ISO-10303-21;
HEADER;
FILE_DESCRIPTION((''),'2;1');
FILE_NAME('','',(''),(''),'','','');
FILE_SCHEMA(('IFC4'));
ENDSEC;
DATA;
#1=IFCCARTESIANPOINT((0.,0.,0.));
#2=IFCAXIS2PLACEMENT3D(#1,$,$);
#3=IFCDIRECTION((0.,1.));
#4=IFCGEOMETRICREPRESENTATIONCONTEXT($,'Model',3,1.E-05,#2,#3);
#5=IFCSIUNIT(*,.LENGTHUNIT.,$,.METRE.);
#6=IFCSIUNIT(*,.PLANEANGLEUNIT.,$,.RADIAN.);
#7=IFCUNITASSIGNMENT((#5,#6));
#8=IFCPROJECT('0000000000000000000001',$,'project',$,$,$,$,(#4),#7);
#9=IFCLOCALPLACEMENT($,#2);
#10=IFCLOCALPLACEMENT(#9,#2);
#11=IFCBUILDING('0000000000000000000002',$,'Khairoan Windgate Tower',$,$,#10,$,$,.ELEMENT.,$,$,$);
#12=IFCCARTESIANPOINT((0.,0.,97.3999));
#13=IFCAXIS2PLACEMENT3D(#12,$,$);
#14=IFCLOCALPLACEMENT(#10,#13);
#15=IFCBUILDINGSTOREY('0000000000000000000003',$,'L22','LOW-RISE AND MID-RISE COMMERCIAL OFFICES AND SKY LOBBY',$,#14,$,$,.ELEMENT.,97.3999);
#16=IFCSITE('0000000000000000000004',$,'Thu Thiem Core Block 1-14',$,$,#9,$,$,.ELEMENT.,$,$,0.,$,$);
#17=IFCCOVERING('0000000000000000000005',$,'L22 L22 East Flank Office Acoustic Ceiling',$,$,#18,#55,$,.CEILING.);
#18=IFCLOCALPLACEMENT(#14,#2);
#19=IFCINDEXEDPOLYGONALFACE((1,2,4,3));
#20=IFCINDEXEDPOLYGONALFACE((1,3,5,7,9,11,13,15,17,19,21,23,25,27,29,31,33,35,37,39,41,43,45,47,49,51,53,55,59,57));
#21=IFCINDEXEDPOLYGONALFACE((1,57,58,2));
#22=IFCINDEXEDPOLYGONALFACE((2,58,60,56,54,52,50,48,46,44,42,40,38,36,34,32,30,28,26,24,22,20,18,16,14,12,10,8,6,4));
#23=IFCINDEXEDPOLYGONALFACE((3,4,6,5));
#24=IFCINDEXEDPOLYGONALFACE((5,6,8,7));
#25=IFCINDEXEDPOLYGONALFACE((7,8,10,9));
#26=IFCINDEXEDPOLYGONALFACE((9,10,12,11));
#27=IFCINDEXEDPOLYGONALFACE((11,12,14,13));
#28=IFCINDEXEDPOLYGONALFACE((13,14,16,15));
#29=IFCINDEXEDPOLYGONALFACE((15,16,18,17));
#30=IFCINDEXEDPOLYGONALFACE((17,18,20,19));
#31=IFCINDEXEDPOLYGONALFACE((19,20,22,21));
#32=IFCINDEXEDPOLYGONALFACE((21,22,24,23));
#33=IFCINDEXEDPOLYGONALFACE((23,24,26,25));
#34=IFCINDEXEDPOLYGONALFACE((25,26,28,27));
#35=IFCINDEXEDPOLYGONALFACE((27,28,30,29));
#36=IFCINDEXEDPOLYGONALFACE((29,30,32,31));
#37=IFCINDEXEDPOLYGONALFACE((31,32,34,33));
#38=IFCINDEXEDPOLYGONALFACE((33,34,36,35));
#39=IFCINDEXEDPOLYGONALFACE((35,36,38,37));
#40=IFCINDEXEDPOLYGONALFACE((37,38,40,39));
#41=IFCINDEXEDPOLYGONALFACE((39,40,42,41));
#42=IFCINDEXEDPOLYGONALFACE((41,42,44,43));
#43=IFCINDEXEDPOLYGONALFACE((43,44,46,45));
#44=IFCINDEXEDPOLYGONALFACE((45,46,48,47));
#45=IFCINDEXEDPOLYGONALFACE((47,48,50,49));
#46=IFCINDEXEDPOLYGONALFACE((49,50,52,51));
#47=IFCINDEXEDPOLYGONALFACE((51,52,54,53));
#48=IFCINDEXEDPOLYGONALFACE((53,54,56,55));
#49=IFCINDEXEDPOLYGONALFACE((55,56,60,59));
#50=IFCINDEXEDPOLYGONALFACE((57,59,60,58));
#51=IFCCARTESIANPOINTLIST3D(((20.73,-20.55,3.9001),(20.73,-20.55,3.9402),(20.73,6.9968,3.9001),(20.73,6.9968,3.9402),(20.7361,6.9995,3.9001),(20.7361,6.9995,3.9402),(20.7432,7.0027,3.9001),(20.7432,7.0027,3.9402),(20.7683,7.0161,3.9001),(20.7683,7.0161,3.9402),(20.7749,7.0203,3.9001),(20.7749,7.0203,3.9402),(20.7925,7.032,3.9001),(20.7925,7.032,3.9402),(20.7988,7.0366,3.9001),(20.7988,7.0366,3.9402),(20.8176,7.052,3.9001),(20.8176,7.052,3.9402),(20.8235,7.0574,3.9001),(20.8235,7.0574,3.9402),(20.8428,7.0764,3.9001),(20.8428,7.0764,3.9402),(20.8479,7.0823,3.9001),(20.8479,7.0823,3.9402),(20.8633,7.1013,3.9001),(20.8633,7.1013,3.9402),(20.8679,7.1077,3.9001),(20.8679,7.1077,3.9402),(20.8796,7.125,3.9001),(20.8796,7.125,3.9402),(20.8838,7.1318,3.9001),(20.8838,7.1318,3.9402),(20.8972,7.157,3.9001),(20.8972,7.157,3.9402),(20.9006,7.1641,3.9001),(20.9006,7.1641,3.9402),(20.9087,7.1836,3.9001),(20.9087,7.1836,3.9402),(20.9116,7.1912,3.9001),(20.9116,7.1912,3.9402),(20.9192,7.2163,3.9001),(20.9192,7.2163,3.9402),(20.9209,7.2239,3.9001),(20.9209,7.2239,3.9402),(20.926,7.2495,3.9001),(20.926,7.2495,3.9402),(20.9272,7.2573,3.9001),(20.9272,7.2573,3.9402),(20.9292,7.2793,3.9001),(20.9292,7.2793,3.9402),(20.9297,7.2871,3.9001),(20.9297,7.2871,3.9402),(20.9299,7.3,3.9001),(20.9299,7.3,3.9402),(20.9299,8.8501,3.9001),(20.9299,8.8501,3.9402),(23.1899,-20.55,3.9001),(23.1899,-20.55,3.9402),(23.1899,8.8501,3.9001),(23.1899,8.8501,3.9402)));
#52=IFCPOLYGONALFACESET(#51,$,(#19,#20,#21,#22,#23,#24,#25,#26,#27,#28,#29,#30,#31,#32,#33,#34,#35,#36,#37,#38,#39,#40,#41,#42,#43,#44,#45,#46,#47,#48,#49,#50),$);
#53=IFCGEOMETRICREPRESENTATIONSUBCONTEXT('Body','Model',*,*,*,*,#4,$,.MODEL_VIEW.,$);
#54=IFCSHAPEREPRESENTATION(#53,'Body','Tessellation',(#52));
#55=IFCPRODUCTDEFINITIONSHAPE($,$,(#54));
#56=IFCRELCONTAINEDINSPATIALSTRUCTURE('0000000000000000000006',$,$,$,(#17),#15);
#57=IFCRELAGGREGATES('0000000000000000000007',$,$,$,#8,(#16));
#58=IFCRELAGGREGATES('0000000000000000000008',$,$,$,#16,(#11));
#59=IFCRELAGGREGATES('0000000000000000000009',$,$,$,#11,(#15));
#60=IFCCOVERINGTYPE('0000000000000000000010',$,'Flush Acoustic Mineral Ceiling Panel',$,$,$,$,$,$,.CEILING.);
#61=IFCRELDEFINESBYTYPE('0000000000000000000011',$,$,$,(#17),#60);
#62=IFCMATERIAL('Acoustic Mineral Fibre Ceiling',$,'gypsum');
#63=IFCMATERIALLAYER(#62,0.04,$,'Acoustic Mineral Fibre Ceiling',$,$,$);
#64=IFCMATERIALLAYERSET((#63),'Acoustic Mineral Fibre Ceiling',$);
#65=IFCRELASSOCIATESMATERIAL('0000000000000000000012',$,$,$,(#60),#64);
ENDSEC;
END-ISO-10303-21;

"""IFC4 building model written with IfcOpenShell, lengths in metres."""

from ifc_helpers import new_model, si_unit, direction, frame, origin, place, context, subcontext, project, spatial, polyline, outline, extrude, material, layer, layer_set, type_object, element, save


model = new_model("IFC4")

# Units and contexts
model_context = context("Model", 3, precision=1e-05, world=origin(), true_north=direction((0.0, 1.0)))
body_context = subcontext(model_context, "Body", "Model", "MODEL_VIEW")
ifc_project = project(units=[si_unit("LENGTHUNIT", "METRE"), si_unit("PLANEANGLEUNIT", "RADIAN")], contexts=[model_context])

# Site, building, storey
site_placement = place(None, origin())
site = spatial("IfcSite", under=ifc_project, at=site_placement, Name="Thu Thiem Core Block 1-14", CompositionType="ELEMENT", RefElevation=0.0)
building_placement = place(site_placement, origin())
building = spatial("IfcBuilding", under=site, at=building_placement, Name="Khairoan Windgate Tower", CompositionType="ELEMENT")
storey_placement = place(building_placement, frame((0.0, 0.0, 97.3999)))
storey = spatial("IfcBuildingStorey", under=building, at=storey_placement, Name="L22", Description="LOW-RISE AND MID-RISE COMMERCIAL OFFICES AND SKY LOBBY", CompositionType="ELEMENT", Elevation=97.3999)

# Covering
ifc_material_1 = material(Name="Acoustic Mineral Fibre Ceiling", Category="gypsum")
ifc_layer_1 = layer(ifc_material_1, 0.04, Name="Acoustic Mineral Fibre Ceiling")
ifc_layer_set_1 = layer_set([ifc_layer_1], Name="Acoustic Mineral Fibre Ceiling")
covering_type_1 = type_object("IfcCoveringType", Name="Flush Acoustic Mineral Ceiling Panel", PredefinedType="CEILING", material=ifc_layer_set_1)
covering_1_placement = place(storey_placement, frame((0.0, 0.0, 3.9001)))
element("IfcCovering", 1, at=covering_1_placement, inside=storey, type_object=covering_type_1, Name="L22 L22 East Flank Office Acoustic Ceiling", PredefinedType="CEILING", context=body_context, shape_type="SweptSolid", body=[
    extrude(outline(polyline([(20.73, 6.9968), (20.7361, 6.9995), (20.7432, 7.0027), (20.7683, 7.0161), (20.7749, 7.0203), (20.7925, 7.032), (20.7988, 7.0366), (20.8176, 7.052), (20.8235, 7.0574), (20.8428, 7.0764), (20.8479, 7.0823), (20.8633, 7.1013), (20.8679, 7.1077), (20.8796, 7.125), (20.8838, 7.1318), (20.8972, 7.157), (20.9006, 7.1641), (20.9087, 7.1836), (20.9116, 7.1912), (20.9192, 7.2163), (20.9209, 7.2239), (20.926, 7.2495), (20.9272, 7.2573), (20.9292, 7.2793), (20.9297, 7.2871), (20.9299, 7.3), (20.9299, 8.8501), (23.1899, 8.8501), (23.1899, -20.55), (20.73, -20.55), (20.73, 6.9968)])), origin(), (0.0, 0.0, 1.0), 0.04),
])

save(model, "model.ifc")
